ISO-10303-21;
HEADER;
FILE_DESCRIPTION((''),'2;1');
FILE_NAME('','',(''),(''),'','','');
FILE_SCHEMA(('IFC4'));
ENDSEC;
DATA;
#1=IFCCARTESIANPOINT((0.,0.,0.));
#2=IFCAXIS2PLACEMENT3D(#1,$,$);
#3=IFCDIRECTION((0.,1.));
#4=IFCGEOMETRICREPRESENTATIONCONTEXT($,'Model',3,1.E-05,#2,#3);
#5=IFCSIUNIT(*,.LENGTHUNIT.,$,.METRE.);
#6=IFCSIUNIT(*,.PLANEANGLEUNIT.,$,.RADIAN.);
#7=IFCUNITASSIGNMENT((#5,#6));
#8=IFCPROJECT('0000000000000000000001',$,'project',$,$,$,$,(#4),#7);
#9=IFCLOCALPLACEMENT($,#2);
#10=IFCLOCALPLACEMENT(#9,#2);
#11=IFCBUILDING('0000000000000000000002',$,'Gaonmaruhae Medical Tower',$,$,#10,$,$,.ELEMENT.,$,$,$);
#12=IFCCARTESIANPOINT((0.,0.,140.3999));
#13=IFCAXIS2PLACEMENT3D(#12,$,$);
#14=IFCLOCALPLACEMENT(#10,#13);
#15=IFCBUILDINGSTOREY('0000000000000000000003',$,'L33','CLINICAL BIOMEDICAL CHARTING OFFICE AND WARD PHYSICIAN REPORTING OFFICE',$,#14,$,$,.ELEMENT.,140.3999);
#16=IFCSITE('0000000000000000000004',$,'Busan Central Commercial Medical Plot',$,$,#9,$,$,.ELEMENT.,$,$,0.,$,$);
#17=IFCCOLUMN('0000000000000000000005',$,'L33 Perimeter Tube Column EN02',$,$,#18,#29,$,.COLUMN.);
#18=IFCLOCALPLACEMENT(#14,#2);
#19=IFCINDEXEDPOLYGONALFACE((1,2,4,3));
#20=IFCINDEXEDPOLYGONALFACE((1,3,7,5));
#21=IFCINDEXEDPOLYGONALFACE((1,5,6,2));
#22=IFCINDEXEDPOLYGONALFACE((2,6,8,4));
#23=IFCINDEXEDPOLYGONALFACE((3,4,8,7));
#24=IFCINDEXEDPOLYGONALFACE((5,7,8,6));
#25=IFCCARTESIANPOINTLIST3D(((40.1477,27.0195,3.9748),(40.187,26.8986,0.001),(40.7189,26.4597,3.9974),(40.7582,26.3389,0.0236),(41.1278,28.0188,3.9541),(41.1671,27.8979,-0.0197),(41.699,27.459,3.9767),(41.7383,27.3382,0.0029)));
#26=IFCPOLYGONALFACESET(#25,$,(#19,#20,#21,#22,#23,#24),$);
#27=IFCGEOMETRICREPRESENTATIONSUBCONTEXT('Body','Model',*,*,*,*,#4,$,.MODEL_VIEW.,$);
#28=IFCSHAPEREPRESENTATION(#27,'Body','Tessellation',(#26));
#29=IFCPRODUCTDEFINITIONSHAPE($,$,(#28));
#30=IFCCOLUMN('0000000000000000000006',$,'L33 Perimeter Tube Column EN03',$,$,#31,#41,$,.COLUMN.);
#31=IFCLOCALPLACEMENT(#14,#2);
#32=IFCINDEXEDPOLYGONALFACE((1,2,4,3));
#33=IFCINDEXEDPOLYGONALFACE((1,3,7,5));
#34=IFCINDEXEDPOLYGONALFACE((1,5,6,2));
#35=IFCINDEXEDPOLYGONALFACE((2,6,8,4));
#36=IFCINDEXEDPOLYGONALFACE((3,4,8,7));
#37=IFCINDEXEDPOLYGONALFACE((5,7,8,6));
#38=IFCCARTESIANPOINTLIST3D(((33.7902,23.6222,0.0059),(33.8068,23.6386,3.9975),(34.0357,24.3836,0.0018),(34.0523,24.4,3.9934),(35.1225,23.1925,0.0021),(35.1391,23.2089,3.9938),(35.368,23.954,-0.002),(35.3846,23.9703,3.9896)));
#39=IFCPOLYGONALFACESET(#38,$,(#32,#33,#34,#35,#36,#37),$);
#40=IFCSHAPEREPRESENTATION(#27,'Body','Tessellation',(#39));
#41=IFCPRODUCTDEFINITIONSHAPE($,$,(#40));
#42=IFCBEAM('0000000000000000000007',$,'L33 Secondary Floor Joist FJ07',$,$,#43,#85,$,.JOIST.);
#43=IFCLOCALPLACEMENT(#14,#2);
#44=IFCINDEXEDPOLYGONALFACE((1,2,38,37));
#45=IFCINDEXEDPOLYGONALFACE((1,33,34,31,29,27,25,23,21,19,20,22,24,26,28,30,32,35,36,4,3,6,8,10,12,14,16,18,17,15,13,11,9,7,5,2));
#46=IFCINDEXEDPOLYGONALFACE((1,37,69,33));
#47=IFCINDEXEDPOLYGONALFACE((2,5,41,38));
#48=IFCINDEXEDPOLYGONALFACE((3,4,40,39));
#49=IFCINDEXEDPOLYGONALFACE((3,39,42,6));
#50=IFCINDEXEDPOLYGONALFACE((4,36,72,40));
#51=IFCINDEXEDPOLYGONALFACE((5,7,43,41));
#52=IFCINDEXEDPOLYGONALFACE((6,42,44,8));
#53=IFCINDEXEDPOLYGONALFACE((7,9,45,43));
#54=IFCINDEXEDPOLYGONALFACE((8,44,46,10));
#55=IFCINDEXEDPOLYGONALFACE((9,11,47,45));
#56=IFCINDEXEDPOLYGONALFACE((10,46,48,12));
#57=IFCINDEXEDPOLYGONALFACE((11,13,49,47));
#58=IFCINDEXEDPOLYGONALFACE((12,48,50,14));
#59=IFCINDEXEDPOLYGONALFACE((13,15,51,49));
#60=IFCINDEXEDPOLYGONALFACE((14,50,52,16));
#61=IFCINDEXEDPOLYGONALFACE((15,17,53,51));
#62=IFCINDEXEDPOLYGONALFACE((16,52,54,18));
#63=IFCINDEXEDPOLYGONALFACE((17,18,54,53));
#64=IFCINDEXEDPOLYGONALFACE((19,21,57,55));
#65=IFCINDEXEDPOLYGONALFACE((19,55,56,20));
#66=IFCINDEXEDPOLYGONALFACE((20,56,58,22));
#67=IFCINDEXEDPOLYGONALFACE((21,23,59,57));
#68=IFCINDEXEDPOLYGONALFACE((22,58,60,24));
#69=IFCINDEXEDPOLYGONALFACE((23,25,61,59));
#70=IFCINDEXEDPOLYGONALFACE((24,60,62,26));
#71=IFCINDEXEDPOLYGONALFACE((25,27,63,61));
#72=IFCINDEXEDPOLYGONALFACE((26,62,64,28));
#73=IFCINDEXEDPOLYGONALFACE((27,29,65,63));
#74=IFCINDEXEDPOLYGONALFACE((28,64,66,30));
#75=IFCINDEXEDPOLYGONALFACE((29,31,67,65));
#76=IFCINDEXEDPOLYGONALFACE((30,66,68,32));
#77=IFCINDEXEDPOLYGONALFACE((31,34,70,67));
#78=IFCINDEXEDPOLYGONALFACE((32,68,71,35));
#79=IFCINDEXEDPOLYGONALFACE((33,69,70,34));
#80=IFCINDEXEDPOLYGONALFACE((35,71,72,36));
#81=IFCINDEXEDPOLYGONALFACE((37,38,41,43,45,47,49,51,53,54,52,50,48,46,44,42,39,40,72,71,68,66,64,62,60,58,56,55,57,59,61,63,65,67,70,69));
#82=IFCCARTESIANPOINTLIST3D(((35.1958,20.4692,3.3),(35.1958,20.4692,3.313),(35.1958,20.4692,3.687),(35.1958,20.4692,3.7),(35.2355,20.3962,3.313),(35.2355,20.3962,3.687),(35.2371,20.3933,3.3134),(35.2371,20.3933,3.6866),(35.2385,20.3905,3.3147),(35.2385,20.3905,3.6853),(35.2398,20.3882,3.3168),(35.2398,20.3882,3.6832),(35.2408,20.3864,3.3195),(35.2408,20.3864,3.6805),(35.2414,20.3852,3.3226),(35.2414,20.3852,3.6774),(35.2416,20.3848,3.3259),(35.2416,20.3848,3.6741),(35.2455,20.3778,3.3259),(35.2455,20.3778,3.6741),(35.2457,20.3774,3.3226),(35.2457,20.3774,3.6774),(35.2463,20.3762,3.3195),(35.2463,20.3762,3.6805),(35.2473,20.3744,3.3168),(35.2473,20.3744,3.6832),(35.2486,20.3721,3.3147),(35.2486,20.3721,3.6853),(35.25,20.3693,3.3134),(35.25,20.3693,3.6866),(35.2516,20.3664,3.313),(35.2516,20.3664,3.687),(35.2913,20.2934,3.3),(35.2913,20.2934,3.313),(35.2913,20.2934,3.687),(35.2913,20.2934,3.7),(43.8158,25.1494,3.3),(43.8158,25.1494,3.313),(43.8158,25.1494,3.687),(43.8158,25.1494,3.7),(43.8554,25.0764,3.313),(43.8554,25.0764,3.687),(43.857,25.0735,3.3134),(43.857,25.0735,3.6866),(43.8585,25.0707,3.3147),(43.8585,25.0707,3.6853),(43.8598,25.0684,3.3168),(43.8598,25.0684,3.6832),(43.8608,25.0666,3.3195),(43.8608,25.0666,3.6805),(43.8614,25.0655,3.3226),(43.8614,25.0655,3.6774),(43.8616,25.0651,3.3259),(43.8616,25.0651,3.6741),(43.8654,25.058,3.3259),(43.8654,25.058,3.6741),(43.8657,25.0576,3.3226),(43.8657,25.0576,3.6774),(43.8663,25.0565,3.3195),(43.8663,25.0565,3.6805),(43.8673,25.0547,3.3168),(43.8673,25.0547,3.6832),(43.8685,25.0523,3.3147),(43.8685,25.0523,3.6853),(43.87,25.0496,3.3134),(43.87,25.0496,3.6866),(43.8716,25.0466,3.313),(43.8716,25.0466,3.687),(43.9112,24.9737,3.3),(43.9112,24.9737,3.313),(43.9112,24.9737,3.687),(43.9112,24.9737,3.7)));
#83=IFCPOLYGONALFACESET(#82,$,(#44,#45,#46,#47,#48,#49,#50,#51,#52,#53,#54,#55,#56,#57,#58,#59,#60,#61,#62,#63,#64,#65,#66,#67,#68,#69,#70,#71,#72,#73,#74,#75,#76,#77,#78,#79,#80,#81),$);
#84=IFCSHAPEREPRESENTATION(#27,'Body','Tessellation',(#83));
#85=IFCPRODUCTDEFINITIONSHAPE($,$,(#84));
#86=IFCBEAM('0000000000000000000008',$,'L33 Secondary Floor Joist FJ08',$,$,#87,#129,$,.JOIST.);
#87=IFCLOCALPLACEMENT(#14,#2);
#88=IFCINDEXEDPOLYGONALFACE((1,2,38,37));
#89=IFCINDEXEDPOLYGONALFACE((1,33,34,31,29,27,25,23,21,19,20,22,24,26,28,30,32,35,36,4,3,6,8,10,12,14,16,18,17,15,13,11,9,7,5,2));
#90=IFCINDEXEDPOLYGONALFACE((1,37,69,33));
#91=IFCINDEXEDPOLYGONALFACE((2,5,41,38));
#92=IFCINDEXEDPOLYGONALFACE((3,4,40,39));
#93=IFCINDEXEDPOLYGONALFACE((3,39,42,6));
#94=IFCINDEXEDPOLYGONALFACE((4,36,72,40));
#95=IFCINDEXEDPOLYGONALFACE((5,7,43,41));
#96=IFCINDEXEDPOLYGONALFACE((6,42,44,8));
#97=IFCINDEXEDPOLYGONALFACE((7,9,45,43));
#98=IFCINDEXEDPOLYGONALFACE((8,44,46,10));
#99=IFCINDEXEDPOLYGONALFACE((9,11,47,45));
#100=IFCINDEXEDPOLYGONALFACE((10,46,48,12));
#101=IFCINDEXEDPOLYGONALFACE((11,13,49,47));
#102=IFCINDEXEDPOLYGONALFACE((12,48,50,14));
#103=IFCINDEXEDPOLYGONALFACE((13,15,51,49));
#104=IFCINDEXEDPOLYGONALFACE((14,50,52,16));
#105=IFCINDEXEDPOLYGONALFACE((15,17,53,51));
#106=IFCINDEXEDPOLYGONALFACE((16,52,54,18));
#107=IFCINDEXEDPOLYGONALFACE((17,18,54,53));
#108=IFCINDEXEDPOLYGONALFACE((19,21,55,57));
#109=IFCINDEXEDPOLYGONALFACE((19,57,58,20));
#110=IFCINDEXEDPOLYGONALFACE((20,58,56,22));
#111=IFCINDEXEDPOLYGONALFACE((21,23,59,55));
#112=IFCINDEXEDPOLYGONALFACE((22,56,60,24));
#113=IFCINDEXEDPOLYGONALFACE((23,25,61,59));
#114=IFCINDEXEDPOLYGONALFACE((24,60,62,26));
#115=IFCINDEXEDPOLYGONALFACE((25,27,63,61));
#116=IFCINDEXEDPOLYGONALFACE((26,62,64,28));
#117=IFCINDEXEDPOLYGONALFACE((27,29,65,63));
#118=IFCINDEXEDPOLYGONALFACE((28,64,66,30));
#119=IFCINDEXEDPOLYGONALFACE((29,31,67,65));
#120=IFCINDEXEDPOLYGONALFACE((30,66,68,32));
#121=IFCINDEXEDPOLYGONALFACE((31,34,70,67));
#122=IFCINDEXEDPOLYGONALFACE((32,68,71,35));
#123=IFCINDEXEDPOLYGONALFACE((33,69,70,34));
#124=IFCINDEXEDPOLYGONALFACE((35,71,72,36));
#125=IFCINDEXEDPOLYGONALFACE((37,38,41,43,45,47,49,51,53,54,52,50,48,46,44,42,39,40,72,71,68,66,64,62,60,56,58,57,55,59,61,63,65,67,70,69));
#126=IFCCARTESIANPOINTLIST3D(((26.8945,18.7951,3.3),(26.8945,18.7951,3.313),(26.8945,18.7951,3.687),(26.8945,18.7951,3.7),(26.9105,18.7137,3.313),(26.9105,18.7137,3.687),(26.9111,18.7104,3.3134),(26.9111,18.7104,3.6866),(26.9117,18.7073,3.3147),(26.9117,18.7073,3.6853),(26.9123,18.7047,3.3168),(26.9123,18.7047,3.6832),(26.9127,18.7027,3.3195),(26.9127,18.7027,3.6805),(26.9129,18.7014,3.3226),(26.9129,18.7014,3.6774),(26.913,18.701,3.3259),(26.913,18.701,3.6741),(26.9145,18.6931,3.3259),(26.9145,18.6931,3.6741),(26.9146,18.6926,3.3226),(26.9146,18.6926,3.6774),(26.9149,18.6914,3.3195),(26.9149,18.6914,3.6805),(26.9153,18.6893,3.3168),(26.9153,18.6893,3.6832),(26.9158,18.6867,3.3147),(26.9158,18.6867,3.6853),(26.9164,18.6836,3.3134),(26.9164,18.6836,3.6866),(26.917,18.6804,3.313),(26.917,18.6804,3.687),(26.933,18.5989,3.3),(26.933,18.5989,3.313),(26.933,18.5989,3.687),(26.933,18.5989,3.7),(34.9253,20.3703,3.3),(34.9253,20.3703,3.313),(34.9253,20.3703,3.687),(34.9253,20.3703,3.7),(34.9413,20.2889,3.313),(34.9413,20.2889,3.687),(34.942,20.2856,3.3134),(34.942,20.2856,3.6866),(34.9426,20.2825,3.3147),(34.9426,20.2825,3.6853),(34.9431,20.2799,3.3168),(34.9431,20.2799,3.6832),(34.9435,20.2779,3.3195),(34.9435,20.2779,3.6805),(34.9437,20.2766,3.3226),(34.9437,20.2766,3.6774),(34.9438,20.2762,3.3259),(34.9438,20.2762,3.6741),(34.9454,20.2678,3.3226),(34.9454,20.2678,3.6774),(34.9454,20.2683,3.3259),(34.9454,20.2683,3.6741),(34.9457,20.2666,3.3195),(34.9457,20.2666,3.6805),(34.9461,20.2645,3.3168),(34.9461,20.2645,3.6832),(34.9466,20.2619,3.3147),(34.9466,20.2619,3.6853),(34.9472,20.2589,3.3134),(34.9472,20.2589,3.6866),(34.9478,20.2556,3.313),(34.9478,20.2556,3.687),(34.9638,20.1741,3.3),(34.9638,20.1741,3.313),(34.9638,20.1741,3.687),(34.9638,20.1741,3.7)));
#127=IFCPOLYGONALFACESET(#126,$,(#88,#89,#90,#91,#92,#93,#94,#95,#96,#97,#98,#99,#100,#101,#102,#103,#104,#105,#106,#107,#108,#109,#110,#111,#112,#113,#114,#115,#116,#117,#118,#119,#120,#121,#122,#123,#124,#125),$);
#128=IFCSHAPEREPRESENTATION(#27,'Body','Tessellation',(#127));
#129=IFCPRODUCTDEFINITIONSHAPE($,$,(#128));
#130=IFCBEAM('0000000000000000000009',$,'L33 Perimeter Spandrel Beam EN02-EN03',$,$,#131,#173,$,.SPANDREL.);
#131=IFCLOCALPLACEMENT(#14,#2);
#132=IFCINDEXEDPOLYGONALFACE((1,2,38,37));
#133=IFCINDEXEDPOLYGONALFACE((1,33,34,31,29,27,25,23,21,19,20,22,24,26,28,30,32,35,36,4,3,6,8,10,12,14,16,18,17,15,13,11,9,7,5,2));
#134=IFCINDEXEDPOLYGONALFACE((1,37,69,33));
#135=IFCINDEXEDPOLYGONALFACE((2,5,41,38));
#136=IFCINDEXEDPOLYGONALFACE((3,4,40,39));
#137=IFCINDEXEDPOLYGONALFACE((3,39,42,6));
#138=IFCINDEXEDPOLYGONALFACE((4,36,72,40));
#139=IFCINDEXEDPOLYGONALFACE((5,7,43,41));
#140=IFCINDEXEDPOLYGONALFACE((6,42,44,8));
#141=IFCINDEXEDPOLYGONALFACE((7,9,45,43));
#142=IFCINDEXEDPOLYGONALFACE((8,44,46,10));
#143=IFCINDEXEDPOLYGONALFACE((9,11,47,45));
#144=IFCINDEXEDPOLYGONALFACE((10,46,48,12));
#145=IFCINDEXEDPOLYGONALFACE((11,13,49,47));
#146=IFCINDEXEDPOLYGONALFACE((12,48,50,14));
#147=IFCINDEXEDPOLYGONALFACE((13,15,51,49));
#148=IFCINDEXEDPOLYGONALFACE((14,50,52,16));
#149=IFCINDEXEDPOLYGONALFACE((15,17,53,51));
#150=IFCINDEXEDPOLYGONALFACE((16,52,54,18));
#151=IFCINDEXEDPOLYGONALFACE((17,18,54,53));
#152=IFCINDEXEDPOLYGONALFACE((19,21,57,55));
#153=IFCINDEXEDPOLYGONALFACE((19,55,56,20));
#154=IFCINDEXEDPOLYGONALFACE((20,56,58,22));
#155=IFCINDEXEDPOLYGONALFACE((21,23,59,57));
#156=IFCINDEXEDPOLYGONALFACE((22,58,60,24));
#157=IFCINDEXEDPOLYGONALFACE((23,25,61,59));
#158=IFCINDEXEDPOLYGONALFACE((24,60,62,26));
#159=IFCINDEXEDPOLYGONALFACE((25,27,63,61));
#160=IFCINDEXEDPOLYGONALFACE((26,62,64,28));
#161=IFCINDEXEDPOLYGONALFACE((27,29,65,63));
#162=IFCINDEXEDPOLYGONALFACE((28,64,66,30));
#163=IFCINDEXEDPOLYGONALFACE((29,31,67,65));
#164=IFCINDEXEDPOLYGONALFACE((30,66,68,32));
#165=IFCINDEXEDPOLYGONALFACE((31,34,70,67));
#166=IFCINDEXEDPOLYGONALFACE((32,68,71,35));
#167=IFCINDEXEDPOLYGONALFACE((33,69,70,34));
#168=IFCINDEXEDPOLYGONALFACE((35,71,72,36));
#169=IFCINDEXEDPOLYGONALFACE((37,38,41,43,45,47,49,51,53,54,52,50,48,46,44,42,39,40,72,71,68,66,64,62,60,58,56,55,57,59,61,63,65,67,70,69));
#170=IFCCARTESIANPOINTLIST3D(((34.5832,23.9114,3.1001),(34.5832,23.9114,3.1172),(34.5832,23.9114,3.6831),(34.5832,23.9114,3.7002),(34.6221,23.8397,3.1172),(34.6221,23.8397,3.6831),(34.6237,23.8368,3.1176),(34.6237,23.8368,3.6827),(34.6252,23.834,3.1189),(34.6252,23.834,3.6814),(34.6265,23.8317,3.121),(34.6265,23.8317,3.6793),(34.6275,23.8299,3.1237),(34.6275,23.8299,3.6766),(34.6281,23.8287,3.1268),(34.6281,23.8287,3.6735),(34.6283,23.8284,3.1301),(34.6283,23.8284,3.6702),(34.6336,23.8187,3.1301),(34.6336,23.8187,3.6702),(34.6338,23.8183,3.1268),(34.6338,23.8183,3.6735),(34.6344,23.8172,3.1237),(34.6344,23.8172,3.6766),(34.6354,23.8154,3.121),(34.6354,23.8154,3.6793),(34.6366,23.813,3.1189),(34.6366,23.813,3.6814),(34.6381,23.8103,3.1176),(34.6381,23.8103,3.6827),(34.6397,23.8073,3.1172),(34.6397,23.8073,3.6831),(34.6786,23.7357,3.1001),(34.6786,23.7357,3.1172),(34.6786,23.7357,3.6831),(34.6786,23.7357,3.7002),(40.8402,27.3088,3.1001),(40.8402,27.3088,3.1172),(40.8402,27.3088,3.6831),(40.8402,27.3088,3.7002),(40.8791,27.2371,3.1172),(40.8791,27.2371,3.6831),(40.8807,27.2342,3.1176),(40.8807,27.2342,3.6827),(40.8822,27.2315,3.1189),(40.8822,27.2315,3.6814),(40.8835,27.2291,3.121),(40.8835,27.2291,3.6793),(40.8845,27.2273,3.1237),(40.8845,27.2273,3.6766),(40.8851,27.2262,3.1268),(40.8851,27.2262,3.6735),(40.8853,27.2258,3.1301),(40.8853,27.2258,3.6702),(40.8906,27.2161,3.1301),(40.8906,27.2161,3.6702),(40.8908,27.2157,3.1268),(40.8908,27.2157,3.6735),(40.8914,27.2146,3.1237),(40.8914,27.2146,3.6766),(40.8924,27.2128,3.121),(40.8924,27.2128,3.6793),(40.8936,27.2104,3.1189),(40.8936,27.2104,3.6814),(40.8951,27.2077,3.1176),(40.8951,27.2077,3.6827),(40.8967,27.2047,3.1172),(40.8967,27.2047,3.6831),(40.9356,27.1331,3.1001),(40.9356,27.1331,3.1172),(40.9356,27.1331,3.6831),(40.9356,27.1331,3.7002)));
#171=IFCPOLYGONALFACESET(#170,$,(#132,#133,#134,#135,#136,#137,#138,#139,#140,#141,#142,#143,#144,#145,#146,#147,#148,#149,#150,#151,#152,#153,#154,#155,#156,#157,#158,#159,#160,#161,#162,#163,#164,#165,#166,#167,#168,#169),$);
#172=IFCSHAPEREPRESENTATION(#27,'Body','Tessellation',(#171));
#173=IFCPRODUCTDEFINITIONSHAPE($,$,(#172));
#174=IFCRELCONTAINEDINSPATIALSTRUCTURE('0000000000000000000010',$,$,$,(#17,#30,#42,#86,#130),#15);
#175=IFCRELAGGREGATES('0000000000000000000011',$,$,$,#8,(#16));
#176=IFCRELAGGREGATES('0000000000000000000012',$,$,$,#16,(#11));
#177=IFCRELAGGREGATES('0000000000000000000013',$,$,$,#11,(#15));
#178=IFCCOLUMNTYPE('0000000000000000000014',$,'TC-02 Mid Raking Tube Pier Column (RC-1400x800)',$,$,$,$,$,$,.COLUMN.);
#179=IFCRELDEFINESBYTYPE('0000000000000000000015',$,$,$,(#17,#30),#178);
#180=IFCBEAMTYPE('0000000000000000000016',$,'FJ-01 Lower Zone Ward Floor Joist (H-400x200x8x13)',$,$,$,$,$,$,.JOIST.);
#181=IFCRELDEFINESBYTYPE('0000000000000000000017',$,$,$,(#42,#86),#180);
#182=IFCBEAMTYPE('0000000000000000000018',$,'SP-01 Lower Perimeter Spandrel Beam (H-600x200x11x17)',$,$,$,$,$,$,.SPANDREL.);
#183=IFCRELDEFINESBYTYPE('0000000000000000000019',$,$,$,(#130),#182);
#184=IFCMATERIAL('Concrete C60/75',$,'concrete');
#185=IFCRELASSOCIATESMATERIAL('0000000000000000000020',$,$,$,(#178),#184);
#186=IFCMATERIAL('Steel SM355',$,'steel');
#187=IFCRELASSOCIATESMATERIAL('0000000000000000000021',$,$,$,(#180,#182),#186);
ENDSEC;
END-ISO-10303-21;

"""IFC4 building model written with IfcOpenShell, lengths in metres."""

from ifc_helpers import new_model, si_unit, direction, frame, origin, origin_2d, place, context, subcontext, project, spatial, rectangle, i_section, extrude, material, material_profile, profile_set, type_object, element, save


model = new_model("IFC4")

# Units and contexts
model_context = context("Model", 3, precision=1e-05, world=origin(), true_north=direction((0.0, 1.0)))
body_context = subcontext(model_context, "Body", "Model", "MODEL_VIEW")
ifc_project = project(units=[si_unit("LENGTHUNIT", "METRE"), si_unit("PLANEANGLEUNIT", "RADIAN")], contexts=[model_context])

# Site, building, storey
site_placement = place(None, origin())
site = spatial("IfcSite", under=ifc_project, at=site_placement, Name="Busan Central Commercial Medical Plot", CompositionType="ELEMENT", RefElevation=0.0)
building_placement = place(site_placement, origin())
building = spatial("IfcBuilding", under=site, at=building_placement, Name="Gaonmaruhae Medical Tower", CompositionType="ELEMENT")
storey_placement = place(building_placement, frame((0.0, 0.0, 140.3999)))
storey = spatial("IfcBuildingStorey", under=building, at=storey_placement, Name="L33", Description="CLINICAL BIOMEDICAL CHARTING OFFICE AND WARD PHYSICIAN REPORTING OFFICE", CompositionType="ELEMENT", Elevation=140.3999)

# Columns
ifc_material_1 = material(Name="Concrete C60/75", Category="concrete")
ifc_material_profile_1 = material_profile(ifc_material_1, rectangle(XDim=1.3999, YDim=0.8, at=origin_2d()), Name="RC-1400x800")
ifc_profile_set_1 = profile_set([ifc_material_profile_1], Name="Concrete C60/75")
column_type = type_object("IfcColumnType", Name="TC-02 Mid Raking Tube Pier Column (RC-1400x800)", PredefinedType="COLUMN", material=ifc_profile_set_1)
column_1_placement = place(storey_placement, frame((40.9626, 27.1184, 0.002), z_axis=(-0.009886, 0.030395, 0.999489), x_axis=(-0.700145, -0.713848, 0.014784)))
element("IfcColumn", 1, at=column_1_placement, inside=storey, type_object=column_type, Name="L33 Perimeter Tube Column EN02", PredefinedType="COLUMN", context=body_context, shape_type="SweptSolid", body=[
    extrude(rectangle(XDim=1.3999, YDim=0.8, at=origin_2d()), origin(), (0.0, 0.0, 1.0), 3.9758),
])
column_2_placement = place(storey_placement, frame((34.5791, 23.7881, 0.002), z_axis=(0.004159, 0.004098, 0.999983), x_axis=(-0.951726, 0.306937, 0.0027)))
element("IfcColumn", 2, at=column_2_placement, inside=storey, type_object=column_type, Name="L33 Perimeter Tube Column EN03", PredefinedType="COLUMN", context=body_context, shape_type="SweptSolid", body=[
    extrude(rectangle(XDim=1.3999, YDim=0.8, at=origin_2d()), origin(), (0.0, 0.0, 1.0), 3.9917),
])

# Beams
ifc_material_2 = material(Name="Steel SM355", Category="steel")
ifc_material_profile_2 = material_profile(ifc_material_2, i_section(OverallWidth=0.2, OverallDepth=0.3999, WebThickness=0.0081, FlangeThickness=0.0129, FilletRadius=0.0129, at=origin_2d()), Name="H-400x200x8x13")
ifc_profile_set_2 = profile_set([ifc_material_profile_2], Name="Steel SM355")
beam_type_1 = type_object("IfcBeamType", Name="FJ-01 Lower Zone Ward Floor Joist (H-400x200x8x13)", PredefinedType="JOIST", material=ifc_profile_set_2)
beam_1_placement = place(storey_placement, frame((43.8635, 25.0615, 3.5), z_axis=(-0.878819, -0.477156, 0.0), x_axis=(0.477156, -0.878819, 0.0)))
element("IfcBeam", 3, at=beam_1_placement, inside=storey, type_object=beam_type_1, Name="L33 Secondary Floor Joist FJ07", PredefinedType="JOIST", context=body_context, shape_type="SweptSolid", body=[
    extrude(i_section(OverallWidth=0.2, OverallDepth=0.3999, WebThickness=0.0081, FlangeThickness=0.0129, FilletRadius=0.0129, at=origin_2d()), origin(), (0.0, 0.0, 1.0), 9.8086),
])
beam_2_placement = place(storey_placement, frame((34.9446, 20.2722, 3.5), z_axis=(-0.981301, -0.192478, 0.0), x_axis=(0.192478, -0.981301, 0.0)))
element("IfcBeam", 4, at=beam_2_placement, inside=storey, type_object=beam_type_1, Name="L33 Secondary Floor Joist FJ08", PredefinedType="JOIST", context=body_context, shape_type="SweptSolid", body=[
    extrude(i_section(OverallWidth=0.2, OverallDepth=0.3999, WebThickness=0.0081, FlangeThickness=0.0129, FilletRadius=0.0129, at=origin_2d()), origin(), (0.0, 0.0, 1.0), 8.1838),
])
ifc_material_profile_3 = material_profile(ifc_material_2, i_section(OverallWidth=0.2, OverallDepth=0.6001, WebThickness=0.011, FlangeThickness=0.0171, FilletRadius=0.0129, at=origin_2d()), Name="H-600x200x11x17")
ifc_profile_set_3 = profile_set([ifc_material_profile_3], Name="Steel SM355")
beam_type_2 = type_object("IfcBeamType", Name="SP-01 Lower Perimeter Spandrel Beam (H-600x200x11x17)", PredefinedType="SPANDREL", material=ifc_profile_set_3)
beam_3_placement = place(storey_placement, frame((40.8879, 27.2209, 3.4001), z_axis=(-0.878809, -0.477174, 0.0), x_axis=(0.477174, -0.878809, 0.0)))
element("IfcBeam", 5, at=beam_3_placement, inside=storey, type_object=beam_type_2, Name="L33 Perimeter Spandrel Beam EN02-EN03", PredefinedType="SPANDREL", context=body_context, shape_type="SweptSolid", body=[
    extrude(i_section(OverallWidth=0.2, OverallDepth=0.6001, WebThickness=0.011, FlangeThickness=0.0171, FilletRadius=0.0129, at=origin_2d()), origin(), (0.0, 0.0, 1.0), 7.1199),
])

save(model, "model.ifc")
